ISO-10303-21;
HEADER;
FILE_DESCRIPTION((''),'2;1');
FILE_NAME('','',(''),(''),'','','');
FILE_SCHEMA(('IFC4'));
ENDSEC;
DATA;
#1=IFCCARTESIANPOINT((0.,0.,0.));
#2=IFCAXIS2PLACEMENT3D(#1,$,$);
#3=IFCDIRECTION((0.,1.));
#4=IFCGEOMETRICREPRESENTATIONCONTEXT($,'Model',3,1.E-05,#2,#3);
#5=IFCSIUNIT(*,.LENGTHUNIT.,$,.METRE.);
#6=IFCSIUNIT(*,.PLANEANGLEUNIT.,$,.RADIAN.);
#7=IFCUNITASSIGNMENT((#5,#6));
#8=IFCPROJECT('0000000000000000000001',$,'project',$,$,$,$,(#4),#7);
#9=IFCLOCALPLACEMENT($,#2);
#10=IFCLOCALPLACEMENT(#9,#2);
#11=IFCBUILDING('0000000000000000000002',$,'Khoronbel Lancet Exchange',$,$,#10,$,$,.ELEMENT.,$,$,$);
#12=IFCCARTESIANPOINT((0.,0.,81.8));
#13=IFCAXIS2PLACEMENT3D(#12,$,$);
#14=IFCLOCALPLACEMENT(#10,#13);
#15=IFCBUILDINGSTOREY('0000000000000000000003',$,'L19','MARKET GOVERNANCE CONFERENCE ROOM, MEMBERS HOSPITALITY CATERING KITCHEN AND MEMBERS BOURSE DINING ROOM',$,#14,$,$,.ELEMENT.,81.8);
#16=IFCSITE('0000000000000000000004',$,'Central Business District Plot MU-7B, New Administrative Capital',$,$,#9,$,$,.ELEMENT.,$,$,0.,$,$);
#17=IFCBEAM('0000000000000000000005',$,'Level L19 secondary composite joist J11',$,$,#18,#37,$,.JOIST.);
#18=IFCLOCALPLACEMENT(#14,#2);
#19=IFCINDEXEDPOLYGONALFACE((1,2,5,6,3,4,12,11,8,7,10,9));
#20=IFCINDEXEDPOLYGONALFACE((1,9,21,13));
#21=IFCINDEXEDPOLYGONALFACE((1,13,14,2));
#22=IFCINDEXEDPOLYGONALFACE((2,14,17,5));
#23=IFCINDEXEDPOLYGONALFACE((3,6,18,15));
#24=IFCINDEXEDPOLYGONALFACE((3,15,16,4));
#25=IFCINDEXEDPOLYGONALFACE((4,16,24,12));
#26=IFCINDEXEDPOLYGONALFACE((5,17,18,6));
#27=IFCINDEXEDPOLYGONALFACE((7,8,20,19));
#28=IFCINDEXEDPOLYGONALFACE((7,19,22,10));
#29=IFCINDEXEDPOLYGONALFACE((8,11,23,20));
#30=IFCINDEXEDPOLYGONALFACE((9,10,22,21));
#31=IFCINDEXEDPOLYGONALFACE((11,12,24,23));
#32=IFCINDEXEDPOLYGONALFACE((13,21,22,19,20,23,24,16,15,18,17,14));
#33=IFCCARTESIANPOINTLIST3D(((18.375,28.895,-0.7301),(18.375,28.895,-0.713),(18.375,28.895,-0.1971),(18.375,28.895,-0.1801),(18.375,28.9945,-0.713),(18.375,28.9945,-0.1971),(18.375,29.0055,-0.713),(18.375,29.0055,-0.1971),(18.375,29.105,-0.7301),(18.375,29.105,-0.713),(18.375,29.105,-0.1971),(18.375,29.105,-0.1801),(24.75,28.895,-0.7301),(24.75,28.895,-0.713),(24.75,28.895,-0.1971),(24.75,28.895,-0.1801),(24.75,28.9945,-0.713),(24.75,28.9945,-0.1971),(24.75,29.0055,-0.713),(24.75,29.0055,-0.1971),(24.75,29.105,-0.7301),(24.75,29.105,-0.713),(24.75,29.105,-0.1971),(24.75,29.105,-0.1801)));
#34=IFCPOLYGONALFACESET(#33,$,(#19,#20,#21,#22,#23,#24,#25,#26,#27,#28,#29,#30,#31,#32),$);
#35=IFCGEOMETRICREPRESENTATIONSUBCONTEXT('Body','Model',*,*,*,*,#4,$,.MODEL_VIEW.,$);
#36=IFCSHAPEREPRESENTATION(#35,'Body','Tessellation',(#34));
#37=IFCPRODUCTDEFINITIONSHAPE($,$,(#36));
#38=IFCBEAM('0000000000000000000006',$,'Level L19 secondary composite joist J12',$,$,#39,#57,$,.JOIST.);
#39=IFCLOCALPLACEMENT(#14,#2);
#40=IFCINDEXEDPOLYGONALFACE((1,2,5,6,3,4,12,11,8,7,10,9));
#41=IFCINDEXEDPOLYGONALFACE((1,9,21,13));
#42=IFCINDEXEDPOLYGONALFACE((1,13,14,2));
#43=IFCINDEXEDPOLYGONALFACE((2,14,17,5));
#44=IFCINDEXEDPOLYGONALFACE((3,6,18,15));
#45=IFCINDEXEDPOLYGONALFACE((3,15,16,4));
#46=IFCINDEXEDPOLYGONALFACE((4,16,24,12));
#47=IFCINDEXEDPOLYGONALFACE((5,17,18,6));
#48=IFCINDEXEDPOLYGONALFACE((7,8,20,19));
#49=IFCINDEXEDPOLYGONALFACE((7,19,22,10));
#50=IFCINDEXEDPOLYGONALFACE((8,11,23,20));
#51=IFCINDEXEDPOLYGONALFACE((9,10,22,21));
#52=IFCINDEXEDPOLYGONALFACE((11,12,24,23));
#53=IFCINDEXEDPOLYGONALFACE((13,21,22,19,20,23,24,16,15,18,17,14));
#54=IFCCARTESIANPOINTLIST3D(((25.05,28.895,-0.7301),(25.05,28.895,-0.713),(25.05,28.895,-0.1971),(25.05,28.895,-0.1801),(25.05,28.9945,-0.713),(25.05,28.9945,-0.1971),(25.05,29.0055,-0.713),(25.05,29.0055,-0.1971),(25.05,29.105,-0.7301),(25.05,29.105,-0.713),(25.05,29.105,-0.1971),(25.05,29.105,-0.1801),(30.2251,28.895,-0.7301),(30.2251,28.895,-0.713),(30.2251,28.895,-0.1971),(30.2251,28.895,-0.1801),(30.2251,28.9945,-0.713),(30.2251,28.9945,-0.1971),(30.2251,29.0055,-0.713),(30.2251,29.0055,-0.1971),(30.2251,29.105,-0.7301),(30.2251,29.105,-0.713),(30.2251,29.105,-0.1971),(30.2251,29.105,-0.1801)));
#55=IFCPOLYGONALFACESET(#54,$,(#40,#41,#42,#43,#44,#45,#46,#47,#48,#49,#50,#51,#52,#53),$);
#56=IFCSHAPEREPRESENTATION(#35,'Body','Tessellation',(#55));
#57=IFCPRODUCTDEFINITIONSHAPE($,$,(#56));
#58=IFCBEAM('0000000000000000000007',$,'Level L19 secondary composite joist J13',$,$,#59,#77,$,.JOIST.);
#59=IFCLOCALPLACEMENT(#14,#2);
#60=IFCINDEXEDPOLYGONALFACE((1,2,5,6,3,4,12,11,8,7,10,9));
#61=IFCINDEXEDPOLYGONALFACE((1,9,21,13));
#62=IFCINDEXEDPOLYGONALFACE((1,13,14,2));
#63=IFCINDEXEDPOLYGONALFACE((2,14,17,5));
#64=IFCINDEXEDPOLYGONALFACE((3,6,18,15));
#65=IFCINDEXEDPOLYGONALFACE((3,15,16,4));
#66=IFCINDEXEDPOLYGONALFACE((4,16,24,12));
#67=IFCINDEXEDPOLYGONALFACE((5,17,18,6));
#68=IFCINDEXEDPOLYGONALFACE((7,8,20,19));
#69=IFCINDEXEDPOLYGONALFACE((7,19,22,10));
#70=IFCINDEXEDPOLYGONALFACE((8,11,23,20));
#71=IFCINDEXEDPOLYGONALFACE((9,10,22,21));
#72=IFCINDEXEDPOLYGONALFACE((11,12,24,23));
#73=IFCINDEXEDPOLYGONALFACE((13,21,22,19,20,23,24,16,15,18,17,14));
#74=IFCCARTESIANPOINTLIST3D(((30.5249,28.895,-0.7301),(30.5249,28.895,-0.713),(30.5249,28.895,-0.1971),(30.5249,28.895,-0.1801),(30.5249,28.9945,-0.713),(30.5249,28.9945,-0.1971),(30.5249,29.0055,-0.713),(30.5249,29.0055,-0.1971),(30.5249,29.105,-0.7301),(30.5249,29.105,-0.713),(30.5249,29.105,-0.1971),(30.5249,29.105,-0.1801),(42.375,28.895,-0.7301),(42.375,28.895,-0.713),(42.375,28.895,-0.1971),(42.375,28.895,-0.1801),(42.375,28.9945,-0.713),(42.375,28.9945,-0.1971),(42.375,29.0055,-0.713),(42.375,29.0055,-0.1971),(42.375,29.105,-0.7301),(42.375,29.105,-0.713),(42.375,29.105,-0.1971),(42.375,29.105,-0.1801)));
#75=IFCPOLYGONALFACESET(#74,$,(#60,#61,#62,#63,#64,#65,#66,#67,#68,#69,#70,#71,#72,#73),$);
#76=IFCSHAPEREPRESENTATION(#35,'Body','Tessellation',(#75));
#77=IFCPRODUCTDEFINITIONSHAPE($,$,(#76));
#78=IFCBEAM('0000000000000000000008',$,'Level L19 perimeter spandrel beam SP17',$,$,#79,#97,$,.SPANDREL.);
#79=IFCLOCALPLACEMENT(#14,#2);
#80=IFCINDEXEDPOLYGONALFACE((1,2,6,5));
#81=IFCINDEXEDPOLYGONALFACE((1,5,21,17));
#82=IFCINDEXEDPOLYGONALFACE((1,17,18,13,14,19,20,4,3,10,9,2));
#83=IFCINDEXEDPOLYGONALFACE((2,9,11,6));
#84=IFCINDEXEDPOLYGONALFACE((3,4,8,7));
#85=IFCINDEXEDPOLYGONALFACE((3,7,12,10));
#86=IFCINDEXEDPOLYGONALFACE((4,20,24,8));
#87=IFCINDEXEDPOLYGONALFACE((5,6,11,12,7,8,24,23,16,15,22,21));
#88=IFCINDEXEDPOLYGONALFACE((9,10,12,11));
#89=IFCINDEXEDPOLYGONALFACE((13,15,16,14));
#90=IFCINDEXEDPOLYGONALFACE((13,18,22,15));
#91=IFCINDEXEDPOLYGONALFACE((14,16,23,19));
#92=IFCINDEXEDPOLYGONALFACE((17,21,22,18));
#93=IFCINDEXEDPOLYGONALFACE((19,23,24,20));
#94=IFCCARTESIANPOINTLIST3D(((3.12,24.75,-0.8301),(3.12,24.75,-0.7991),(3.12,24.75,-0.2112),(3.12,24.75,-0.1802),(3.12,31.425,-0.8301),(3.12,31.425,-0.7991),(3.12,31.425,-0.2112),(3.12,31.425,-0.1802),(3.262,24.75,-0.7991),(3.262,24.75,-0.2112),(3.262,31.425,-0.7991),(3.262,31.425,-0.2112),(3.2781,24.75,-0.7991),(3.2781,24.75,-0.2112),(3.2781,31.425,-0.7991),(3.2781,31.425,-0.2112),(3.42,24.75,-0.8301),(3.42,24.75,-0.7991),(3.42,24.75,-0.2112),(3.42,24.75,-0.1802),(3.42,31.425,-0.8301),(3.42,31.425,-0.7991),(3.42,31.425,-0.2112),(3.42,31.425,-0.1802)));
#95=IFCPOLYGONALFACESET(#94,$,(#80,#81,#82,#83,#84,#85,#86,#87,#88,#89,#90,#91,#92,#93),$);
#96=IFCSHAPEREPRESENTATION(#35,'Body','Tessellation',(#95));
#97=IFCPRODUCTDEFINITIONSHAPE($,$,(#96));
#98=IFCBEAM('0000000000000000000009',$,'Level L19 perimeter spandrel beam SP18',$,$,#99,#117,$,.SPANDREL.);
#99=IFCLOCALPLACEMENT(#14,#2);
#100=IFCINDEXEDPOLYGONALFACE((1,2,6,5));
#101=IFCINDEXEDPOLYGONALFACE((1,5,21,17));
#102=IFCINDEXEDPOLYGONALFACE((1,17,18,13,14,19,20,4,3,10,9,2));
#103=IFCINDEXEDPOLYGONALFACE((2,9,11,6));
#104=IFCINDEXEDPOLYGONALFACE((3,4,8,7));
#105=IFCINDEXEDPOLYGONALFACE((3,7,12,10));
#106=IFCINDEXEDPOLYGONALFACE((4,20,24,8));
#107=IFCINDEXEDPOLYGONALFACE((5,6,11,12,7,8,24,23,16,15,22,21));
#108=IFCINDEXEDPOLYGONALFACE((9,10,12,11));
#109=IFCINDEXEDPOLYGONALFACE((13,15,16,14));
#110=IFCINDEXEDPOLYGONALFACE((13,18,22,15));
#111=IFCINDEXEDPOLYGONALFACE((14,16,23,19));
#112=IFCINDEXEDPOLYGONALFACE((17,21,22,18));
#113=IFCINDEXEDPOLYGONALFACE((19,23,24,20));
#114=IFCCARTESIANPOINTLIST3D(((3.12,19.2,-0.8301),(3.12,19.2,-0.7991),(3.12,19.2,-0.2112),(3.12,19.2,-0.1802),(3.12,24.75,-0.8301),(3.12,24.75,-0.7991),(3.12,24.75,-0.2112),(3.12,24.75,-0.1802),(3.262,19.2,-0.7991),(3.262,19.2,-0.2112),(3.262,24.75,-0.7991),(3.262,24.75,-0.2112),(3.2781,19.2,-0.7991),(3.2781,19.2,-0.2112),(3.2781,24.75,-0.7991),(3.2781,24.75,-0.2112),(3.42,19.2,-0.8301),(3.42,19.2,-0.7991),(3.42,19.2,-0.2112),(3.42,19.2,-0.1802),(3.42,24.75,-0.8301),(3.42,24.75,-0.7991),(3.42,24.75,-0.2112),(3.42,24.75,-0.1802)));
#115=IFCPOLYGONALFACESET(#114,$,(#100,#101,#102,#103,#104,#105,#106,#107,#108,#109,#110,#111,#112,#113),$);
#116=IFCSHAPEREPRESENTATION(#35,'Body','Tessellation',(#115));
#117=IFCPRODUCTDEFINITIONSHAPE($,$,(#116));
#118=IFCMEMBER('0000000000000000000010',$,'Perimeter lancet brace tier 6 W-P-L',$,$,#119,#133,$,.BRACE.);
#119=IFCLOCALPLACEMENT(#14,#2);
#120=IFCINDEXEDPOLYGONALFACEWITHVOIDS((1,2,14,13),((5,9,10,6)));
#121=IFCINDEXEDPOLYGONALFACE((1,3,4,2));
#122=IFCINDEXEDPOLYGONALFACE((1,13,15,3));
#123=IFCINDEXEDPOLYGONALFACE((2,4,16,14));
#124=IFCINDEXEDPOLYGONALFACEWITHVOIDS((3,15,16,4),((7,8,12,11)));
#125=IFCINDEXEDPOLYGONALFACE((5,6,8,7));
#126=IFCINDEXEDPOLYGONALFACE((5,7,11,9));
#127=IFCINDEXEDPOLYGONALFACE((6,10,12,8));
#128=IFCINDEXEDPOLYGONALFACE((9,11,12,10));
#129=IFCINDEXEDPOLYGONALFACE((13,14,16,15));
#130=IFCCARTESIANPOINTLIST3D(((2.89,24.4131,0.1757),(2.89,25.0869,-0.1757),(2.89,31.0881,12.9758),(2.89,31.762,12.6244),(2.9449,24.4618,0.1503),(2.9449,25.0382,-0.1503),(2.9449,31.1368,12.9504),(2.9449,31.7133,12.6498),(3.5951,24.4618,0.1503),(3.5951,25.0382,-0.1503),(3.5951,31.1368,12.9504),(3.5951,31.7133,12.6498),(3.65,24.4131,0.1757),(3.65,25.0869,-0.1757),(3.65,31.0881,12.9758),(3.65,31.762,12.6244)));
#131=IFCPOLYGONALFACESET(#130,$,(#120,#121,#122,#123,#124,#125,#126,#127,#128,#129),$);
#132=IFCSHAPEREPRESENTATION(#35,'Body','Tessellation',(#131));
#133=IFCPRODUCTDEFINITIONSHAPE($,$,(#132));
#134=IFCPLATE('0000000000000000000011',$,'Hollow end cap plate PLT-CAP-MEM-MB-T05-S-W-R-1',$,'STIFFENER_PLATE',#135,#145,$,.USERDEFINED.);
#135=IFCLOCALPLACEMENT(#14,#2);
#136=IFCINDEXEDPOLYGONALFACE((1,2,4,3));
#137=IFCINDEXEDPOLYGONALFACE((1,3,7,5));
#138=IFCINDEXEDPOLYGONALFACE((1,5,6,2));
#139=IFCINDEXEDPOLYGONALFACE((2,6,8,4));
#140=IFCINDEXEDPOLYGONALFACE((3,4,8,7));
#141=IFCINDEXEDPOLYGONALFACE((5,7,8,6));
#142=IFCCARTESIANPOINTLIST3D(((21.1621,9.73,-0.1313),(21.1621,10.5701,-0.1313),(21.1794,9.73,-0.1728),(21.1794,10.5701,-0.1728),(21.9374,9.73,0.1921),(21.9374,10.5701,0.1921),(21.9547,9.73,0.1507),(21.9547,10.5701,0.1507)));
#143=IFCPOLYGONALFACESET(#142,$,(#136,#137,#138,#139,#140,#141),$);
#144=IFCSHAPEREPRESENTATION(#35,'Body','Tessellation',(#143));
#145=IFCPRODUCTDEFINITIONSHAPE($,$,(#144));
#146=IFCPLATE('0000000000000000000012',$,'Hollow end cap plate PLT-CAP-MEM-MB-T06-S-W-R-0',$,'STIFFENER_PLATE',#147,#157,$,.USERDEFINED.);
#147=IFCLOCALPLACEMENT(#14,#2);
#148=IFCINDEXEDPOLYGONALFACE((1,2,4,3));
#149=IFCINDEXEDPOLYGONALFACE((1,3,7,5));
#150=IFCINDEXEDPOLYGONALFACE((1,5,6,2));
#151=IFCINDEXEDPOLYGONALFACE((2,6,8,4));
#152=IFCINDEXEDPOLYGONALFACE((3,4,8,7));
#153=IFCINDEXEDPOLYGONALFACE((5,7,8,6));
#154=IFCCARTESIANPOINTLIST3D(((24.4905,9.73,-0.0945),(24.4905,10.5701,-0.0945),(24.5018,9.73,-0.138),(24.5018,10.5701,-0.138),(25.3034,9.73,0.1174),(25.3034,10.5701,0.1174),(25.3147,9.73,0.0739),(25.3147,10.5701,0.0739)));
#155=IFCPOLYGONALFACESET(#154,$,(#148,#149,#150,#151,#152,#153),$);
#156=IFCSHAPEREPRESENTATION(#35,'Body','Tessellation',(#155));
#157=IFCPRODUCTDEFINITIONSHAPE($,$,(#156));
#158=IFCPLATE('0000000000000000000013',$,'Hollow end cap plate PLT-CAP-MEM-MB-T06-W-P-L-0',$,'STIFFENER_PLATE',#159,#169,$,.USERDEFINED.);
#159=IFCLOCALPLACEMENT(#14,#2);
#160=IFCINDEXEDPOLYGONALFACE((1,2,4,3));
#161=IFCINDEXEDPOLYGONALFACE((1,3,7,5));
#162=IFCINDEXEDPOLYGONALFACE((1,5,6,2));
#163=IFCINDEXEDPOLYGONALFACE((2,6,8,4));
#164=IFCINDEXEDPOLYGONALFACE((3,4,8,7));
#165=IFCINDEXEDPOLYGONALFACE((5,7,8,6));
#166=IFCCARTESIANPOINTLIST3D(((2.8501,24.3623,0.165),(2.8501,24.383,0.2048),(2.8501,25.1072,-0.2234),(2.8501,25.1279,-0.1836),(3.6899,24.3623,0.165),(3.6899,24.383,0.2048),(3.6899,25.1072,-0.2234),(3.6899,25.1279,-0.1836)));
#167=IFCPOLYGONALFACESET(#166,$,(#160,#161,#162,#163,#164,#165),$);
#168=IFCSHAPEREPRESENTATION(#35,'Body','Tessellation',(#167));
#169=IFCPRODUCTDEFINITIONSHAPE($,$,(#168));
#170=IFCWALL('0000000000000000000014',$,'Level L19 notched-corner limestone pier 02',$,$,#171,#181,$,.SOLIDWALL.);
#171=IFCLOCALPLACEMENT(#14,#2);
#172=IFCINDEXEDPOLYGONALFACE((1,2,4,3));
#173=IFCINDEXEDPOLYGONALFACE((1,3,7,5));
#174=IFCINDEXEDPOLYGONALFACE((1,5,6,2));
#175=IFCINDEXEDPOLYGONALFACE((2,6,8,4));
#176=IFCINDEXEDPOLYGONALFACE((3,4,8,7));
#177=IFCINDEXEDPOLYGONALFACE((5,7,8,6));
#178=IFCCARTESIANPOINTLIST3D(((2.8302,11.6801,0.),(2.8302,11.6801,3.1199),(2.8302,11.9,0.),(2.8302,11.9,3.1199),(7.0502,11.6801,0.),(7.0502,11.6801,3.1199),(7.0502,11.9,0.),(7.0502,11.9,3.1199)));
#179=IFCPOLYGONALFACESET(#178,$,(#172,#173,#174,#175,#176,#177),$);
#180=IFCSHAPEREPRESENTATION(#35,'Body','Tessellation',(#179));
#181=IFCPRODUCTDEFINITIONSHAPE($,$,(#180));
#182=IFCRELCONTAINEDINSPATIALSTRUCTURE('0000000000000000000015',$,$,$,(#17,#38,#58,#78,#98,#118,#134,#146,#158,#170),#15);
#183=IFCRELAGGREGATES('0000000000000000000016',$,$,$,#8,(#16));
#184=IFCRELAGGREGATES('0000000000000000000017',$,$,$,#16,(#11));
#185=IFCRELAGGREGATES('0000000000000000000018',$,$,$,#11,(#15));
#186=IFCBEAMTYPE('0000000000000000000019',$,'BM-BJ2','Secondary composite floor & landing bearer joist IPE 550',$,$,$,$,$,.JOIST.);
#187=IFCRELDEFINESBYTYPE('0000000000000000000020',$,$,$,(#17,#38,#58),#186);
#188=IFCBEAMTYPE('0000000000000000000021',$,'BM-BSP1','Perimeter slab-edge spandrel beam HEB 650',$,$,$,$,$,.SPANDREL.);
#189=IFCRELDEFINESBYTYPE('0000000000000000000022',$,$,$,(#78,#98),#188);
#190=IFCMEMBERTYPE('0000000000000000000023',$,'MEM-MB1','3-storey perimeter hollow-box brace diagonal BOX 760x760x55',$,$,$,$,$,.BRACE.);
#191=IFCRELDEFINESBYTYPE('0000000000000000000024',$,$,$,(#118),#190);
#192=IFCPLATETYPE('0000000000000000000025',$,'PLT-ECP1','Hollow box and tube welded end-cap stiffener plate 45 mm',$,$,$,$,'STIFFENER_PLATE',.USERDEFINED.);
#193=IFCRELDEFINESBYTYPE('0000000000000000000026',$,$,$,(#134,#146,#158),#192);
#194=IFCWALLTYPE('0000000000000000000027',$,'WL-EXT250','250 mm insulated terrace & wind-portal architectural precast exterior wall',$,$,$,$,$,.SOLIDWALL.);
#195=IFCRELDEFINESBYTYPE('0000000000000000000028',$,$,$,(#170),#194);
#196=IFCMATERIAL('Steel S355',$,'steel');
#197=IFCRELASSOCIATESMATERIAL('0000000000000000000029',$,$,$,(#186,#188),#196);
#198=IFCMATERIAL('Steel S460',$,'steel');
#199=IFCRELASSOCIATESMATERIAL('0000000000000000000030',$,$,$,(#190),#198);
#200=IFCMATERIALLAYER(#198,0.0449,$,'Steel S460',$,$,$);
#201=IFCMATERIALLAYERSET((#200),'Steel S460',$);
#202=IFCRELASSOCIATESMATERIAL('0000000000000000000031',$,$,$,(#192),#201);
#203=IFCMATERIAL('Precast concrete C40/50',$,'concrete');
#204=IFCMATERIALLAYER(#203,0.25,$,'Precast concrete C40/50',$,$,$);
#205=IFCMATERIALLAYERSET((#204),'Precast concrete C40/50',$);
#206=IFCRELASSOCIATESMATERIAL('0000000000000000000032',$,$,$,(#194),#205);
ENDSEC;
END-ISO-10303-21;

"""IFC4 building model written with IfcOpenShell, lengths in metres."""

from ifc_helpers import new_model, si_unit, direction, frame, frame_2d, origin, origin_2d, place, context, subcontext, project, spatial, polyline, rectangle, hollow_rectangle, i_section, outline, extrude, material, layer, layer_set, material_profile, profile_set, type_object, element, save


model = new_model("IFC4")

# Units and contexts
model_context = context("Model", 3, precision=1e-05, world=origin(), true_north=direction((0.0, 1.0)))
body_context = subcontext(model_context, "Body", "Model", "MODEL_VIEW")
ifc_project = project(units=[si_unit("LENGTHUNIT", "METRE"), si_unit("PLANEANGLEUNIT", "RADIAN")], contexts=[model_context])

# Site, building, storey
site_placement = place(None, origin())
site = spatial("IfcSite", under=ifc_project, at=site_placement, Name="Central Business District Plot MU-7B, New Administrative Capital", CompositionType="ELEMENT", RefElevation=0.0)
building_placement = place(site_placement, origin())
building = spatial("IfcBuilding", under=site, at=building_placement, Name="Khoronbel Lancet Exchange", CompositionType="ELEMENT")
storey_placement = place(building_placement, frame((0.0, 0.0, 81.8)))
storey = spatial("IfcBuildingStorey", under=building, at=storey_placement, Name="L19", Description="MARKET GOVERNANCE CONFERENCE ROOM, MEMBERS HOSPITALITY CATERING KITCHEN AND MEMBERS BOURSE DINING ROOM", CompositionType="ELEMENT", Elevation=81.8)

# Shared definitions
ifc_material_1 = material(Name="Steel S355", Category="steel")

# Beams
ifc_material_profile_1 = material_profile(ifc_material_1, i_section(OverallWidth=0.21, OverallDepth=0.55, WebThickness=0.011, FlangeThickness=0.0171, at=origin_2d()), Name="IPE 550")
ifc_profile_set_1 = profile_set([ifc_material_profile_1], Name="Steel S355")
beam_type_1 = type_object("IfcBeamType", Name="BM-BJ2", Description="Secondary composite floor & landing bearer joist IPE 550", PredefinedType="JOIST", material=ifc_profile_set_1)
beam_1_placement = place(storey_placement, frame((18.375, 29.0, -0.4551), z_axis=(1.0, 0.0, 0.0), x_axis=(0.0, 1.0, 0.0)))
element("IfcBeam", 1, at=beam_1_placement, inside=storey, type_object=beam_type_1, Name="Level L19 secondary composite joist J11", PredefinedType="JOIST", context=body_context, shape_type="SweptSolid", body=[
    extrude(i_section(OverallWidth=0.21, OverallDepth=0.55, WebThickness=0.011, FlangeThickness=0.0171, at=origin_2d()), origin(), (0.0, 0.0, 1.0), 6.375),
])
beam_2_placement = place(storey_placement, frame((25.05, 29.0, -0.4551), z_axis=(1.0, 0.0, 0.0), x_axis=(0.0, 1.0, 0.0)))
element("IfcBeam", 2, at=beam_2_placement, inside=storey, type_object=beam_type_1, Name="Level L19 secondary composite joist J12", PredefinedType="JOIST", context=body_context, shape_type="SweptSolid", body=[
    extrude(i_section(OverallWidth=0.21, OverallDepth=0.55, WebThickness=0.011, FlangeThickness=0.0171, at=origin_2d()), origin(), (0.0, 0.0, 1.0), 5.175),
])
beam_3_placement = place(storey_placement, frame((30.5249, 29.0, -0.4551), z_axis=(1.0, 0.0, 0.0), x_axis=(0.0, 1.0, 0.0)))
element("IfcBeam", 3, at=beam_3_placement, inside=storey, type_object=beam_type_1, Name="Level L19 secondary composite joist J13", PredefinedType="JOIST", context=body_context, shape_type="SweptSolid", body=[
    extrude(i_section(OverallWidth=0.21, OverallDepth=0.55, WebThickness=0.011, FlangeThickness=0.0171, at=origin_2d()), origin(), (0.0, 0.0, 1.0), 11.8501),
])
ifc_material_profile_2 = material_profile(ifc_material_1, i_section(OverallWidth=0.3, OverallDepth=0.6499, WebThickness=0.0161, FlangeThickness=0.031, at=origin_2d()), Name="HEB 650")
ifc_profile_set_2 = profile_set([ifc_material_profile_2], Name="Steel S355")
beam_type_2 = type_object("IfcBeamType", Name="BM-BSP1", Description="Perimeter slab-edge spandrel beam HEB 650", PredefinedType="SPANDREL", material=ifc_profile_set_2)
beam_4_placement = place(storey_placement, frame((3.27, 31.425, -0.5051), z_axis=(0.0, -1.0, 0.0), x_axis=(1.0, 0.0, 0.0)))
element("IfcBeam", 4, at=beam_4_placement, inside=storey, type_object=beam_type_2, Name="Level L19 perimeter spandrel beam SP17", PredefinedType="SPANDREL", context=body_context, shape_type="SweptSolid", body=[
    extrude(i_section(OverallWidth=0.3, OverallDepth=0.6499, WebThickness=0.0161, FlangeThickness=0.031, at=origin_2d()), origin(), (0.0, 0.0, 1.0), 6.675),
])
beam_5_placement = place(storey_placement, frame((3.27, 24.75, -0.5051), z_axis=(0.0, -1.0, 0.0), x_axis=(1.0, 0.0, 0.0)))
element("IfcBeam", 5, at=beam_5_placement, inside=storey, type_object=beam_type_2, Name="Level L19 perimeter spandrel beam SP18", PredefinedType="SPANDREL", context=body_context, shape_type="SweptSolid", body=[
    extrude(i_section(OverallWidth=0.3, OverallDepth=0.6499, WebThickness=0.0161, FlangeThickness=0.031, at=origin_2d()), origin(), (0.0, 0.0, 1.0), 5.55),
])

# Member
ifc_material_2 = material(Name="Steel S460", Category="steel")
ifc_material_profile_3 = material_profile(ifc_material_2, hollow_rectangle(XDim=0.76, YDim=0.76, WallThickness=0.0549, at=origin_2d()), Name="BOX 760x760x55")
ifc_profile_set_3 = profile_set([ifc_material_profile_3], Name="Steel S460")
member_type = type_object("IfcMemberType", Name="MEM-MB1", Description="3-storey perimeter hollow-box brace diagonal BOX 760x760x55", PredefinedType="BRACE", material=ifc_profile_set_3)
member_placement = place(storey_placement, frame((3.27, 24.75, 0.0), z_axis=(0.0, 0.46239, 0.886677), x_axis=(-1.0, 0.0, 0.0)))
element("IfcMember", 6, at=member_placement, inside=storey, type_object=member_type, Name="Perimeter lancet brace tier 6 W-P-L", PredefinedType="BRACE", context=body_context, shape_type="SweptSolid", body=[
    extrude(hollow_rectangle(XDim=0.76, YDim=0.76, WallThickness=0.0549, at=origin_2d()), origin(), (0.0, 0.0, 1.0), 14.436),
])

# Plates
ifc_layer_1 = layer(ifc_material_2, 0.0449, Name="Steel S460")
ifc_layer_set_1 = layer_set([ifc_layer_1], Name="Steel S460")
plate_type = type_object("IfcPlateType", Name="PLT-ECP1", Description="Hollow box and tube welded end-cap stiffener plate 45 mm", ElementType="STIFFENER_PLATE", PredefinedType="USERDEFINED", material=ifc_layer_set_1)
for number, where, z_axis, x_axis, name in (
    (7, (21.1621, 10.5701, -0.1313), (-0.385028, 0.0, 0.922905), (0.0, -1.0, 0.0), "Hollow end cap plate PLT-CAP-MEM-MB-T05-S-W-R-1"),
    (8, (24.4905, 10.5701, -0.0945), (-0.252233, 0.0, 0.967667), (0.0, -1.0, 0.0), "Hollow end cap plate PLT-CAP-MEM-MB-T06-S-W-R-0"),
):
    element("IfcPlate", number, at=place(storey_placement, frame(where, z_axis=z_axis, x_axis=x_axis)), inside=storey, type_object=plate_type, Name=name, ObjectType="STIFFENER_PLATE", PredefinedType="USERDEFINED", context=body_context, shape_type="SweptSolid", body=[
        extrude(outline(polyline([(0.0, 0.0), (0.8401, 0.0), (0.8401, 0.8401), (0.0, 0.8401), (0.0, 0.0)])), origin(), (0.0, 0.0, -1.0), 0.0449),
    ])
plate_placement = place(storey_placement, frame((3.6899, 25.1279, -0.1836), z_axis=(0.0, 0.462377, 0.886683), x_axis=(-1.0, 0.0, 0.0)))
element("IfcPlate", 9, at=plate_placement, inside=storey, type_object=plate_type, Name="Hollow end cap plate PLT-CAP-MEM-MB-T06-W-P-L-0", ObjectType="STIFFENER_PLATE", PredefinedType="USERDEFINED", context=body_context, shape_type="SweptSolid", body=[
    extrude(outline(polyline([(0.0, 0.0), (0.8398, 0.0), (0.8398, 0.8401), (0.0, 0.8401), (0.0, 0.0)])), origin(), (0.0, 0.0, -1.0), 0.0449),
])

# Wall
ifc_material_3 = material(Name="Precast concrete C40/50", Category="concrete")
ifc_layer_2 = layer(ifc_material_3, 0.25, Name="Precast concrete C40/50")
ifc_layer_set_2 = layer_set([ifc_layer_2], Name="Precast concrete C40/50")
wall_type_1 = type_object("IfcWallType", Name="WL-EXT250", Description="250 mm insulated terrace & wind-portal architectural precast exterior wall", PredefinedType="SOLIDWALL", material=ifc_layer_set_2)
wall_1_placement = place(storey_placement, frame((7.05, 11.79, 0.0), z_axis=(0.0, 0.0, 1.0), x_axis=(-1.0, 0.0, 0.0)))
element("IfcWall", 10, at=wall_1_placement, inside=storey, type_object=wall_type_1, Name="Level L19 notched-corner limestone pier 02", PredefinedType="SOLIDWALL", context=body_context, shape_type="SweptSolid", body=[
    extrude(rectangle(XDim=4.22, YDim=0.22, at=frame_2d((2.1099, 0.0))), origin(), (0.0, 0.0, 1.0), 3.1199),
])

save(model, "model.ifc")
